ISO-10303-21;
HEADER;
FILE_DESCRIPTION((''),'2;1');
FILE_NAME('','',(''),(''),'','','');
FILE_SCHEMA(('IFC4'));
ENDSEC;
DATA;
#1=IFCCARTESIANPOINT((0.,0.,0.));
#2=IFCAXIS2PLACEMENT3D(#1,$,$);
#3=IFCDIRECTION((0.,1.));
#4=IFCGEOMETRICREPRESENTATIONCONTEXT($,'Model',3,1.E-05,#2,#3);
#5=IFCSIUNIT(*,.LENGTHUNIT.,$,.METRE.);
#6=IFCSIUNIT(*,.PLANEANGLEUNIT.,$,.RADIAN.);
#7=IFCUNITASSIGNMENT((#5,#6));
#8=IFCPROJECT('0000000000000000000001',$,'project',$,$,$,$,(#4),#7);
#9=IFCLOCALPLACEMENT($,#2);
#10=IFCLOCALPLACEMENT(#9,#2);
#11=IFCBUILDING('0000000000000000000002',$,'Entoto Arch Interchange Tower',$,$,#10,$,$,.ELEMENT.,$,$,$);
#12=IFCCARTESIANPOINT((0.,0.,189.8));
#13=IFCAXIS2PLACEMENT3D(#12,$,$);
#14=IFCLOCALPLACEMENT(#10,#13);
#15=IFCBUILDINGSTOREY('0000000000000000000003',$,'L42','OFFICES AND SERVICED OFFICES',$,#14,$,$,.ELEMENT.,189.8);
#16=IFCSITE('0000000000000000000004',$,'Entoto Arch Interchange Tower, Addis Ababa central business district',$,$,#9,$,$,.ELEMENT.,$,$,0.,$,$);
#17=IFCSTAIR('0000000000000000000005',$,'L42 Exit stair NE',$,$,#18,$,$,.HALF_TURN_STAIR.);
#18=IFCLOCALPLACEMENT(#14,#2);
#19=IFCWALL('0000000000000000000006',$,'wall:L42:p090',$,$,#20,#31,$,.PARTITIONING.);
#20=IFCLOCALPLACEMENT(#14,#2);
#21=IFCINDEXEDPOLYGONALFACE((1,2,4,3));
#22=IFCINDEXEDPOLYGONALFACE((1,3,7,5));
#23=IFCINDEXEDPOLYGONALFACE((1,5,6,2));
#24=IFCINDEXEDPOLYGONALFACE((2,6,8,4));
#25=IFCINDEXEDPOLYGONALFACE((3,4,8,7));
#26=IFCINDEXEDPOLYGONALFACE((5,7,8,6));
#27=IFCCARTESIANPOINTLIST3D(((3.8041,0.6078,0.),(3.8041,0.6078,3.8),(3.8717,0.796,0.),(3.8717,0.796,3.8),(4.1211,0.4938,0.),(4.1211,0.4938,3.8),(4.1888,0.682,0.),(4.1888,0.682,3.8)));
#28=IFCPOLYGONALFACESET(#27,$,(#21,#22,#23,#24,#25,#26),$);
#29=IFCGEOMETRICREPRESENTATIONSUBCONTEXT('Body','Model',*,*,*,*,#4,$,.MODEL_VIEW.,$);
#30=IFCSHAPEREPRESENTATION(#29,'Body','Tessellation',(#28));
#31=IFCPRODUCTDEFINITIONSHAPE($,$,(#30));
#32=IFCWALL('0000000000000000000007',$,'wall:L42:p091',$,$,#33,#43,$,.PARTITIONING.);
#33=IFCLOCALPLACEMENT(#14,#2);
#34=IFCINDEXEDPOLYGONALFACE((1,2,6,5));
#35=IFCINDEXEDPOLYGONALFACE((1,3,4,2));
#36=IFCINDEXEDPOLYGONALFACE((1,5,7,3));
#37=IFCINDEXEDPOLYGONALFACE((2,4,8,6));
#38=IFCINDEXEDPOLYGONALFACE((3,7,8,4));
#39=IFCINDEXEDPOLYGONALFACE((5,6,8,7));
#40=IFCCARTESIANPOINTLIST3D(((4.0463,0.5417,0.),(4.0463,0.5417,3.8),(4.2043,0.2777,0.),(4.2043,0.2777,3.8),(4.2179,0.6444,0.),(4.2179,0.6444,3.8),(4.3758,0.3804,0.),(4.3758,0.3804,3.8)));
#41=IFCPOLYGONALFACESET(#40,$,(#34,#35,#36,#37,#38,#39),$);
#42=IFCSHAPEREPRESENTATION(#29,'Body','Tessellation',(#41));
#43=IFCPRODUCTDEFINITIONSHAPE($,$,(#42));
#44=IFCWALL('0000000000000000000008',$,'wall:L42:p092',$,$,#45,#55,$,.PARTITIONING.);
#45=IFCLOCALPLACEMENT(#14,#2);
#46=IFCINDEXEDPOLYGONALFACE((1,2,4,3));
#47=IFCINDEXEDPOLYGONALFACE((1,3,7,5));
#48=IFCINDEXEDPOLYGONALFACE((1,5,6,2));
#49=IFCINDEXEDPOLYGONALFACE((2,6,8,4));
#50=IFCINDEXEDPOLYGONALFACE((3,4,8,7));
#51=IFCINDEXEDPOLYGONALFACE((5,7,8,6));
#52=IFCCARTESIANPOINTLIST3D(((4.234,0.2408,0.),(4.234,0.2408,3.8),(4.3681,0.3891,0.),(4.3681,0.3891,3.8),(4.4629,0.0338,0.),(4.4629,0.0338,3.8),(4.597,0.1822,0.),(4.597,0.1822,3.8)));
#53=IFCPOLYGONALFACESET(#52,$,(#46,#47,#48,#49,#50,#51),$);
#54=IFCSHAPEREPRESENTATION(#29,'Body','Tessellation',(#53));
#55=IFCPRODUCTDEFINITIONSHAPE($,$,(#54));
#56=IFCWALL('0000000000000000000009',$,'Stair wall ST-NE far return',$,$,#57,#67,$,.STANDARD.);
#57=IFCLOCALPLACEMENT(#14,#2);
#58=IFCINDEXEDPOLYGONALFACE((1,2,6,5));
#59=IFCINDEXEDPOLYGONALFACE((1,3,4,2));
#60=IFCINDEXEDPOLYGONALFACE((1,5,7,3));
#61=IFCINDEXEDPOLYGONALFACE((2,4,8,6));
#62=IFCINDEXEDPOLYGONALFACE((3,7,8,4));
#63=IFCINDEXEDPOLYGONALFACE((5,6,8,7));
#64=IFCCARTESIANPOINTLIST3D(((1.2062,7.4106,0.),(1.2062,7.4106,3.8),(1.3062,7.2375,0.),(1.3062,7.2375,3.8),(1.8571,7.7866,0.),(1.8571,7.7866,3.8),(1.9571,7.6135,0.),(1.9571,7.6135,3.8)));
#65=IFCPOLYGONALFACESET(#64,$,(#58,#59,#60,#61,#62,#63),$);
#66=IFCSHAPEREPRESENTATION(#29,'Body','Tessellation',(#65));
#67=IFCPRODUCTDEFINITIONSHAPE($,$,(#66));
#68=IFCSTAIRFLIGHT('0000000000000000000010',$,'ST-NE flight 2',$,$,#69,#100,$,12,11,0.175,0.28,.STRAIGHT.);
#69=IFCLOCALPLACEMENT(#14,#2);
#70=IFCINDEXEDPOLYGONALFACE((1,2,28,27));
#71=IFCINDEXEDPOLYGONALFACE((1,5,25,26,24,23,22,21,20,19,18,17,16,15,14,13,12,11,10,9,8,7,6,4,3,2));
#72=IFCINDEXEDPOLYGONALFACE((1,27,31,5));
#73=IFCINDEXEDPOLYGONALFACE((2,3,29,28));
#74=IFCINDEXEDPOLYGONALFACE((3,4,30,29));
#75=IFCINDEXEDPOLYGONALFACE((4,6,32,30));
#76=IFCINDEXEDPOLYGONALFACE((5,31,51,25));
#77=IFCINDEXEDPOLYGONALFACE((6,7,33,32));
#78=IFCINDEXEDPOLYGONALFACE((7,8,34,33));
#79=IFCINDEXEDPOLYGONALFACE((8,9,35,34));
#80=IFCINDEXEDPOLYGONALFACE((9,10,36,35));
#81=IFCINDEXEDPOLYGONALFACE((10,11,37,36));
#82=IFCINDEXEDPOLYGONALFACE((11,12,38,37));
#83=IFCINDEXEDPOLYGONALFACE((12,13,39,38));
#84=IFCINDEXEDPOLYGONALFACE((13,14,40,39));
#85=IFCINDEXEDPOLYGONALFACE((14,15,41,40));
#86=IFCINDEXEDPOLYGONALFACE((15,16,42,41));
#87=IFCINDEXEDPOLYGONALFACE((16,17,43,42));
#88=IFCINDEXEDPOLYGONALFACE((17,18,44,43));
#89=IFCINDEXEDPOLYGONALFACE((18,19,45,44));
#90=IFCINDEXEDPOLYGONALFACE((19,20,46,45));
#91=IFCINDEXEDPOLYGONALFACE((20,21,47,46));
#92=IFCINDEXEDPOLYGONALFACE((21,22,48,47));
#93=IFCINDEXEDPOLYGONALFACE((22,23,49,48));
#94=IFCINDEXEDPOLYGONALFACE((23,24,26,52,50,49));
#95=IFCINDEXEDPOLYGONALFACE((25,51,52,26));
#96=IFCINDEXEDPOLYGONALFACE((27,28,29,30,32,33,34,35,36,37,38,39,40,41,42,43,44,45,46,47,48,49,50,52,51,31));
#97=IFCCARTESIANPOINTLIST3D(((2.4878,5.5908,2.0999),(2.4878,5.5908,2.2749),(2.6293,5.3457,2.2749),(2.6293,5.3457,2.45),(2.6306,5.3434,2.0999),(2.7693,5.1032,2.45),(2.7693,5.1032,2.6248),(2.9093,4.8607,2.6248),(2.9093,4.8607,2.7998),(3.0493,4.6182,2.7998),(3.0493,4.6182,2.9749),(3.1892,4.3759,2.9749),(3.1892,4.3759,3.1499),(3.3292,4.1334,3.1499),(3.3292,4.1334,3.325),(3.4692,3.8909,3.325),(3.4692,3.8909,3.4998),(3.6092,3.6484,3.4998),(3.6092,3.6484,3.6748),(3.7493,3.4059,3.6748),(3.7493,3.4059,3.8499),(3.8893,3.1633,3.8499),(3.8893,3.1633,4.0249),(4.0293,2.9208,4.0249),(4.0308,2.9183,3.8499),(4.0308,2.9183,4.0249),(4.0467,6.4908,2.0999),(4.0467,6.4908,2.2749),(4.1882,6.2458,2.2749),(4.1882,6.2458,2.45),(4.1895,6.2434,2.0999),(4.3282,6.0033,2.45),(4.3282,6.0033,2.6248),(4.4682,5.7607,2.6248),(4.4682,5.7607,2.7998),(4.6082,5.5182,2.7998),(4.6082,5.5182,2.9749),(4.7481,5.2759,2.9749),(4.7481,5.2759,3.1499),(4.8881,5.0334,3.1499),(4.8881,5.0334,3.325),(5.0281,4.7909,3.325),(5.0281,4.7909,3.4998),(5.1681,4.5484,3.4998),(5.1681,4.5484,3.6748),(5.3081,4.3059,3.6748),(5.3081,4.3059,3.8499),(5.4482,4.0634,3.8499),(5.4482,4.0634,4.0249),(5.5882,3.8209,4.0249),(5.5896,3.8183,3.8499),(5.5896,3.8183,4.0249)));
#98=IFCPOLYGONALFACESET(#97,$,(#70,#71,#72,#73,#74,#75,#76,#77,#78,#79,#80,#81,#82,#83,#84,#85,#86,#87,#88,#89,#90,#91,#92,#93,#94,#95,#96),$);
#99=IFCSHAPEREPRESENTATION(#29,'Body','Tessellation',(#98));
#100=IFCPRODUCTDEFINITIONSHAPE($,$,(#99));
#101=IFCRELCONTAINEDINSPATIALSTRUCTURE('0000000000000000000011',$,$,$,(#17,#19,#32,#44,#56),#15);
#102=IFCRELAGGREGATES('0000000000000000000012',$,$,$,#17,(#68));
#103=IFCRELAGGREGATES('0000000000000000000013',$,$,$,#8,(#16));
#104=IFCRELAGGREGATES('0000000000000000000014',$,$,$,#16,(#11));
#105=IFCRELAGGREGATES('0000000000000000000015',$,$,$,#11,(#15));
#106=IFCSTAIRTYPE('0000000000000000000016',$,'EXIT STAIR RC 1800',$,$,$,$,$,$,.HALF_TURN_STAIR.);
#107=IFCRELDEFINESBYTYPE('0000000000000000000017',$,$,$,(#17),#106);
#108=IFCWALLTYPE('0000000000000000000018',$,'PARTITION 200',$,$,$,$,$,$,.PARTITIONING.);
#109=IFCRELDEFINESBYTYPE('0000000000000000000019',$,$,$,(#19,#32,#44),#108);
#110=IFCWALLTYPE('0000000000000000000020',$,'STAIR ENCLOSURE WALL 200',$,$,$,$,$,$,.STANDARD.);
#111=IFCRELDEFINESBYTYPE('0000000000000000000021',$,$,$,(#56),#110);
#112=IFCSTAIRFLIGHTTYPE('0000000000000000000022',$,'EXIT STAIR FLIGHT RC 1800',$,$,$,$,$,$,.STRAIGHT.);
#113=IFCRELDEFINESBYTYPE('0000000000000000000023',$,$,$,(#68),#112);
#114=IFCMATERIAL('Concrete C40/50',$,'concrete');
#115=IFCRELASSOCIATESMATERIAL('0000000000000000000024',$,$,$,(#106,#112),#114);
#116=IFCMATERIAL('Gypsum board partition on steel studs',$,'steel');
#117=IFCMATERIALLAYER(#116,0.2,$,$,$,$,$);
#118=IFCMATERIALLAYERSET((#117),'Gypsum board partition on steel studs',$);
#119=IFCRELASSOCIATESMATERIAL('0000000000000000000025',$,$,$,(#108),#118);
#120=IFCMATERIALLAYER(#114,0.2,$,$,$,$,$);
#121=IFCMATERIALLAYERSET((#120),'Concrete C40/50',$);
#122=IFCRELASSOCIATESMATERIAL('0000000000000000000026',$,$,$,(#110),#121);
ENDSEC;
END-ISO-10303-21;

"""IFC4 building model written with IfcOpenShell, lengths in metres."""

from ifc_helpers import new_model, si_unit, direction, frame, frame_2d, origin, place, context, subcontext, project, spatial, polyline, rectangle, outline, extrude, material, layer, layer_set, type_object, element, aggregate, save


model = new_model("IFC4")

# Units and contexts
model_context = context("Model", 3, precision=1e-05, world=origin(), true_north=direction((0.0, 1.0)))
body_context = subcontext(model_context, "Body", "Model", "MODEL_VIEW")
ifc_project = project(units=[si_unit("LENGTHUNIT", "METRE"), si_unit("PLANEANGLEUNIT", "RADIAN")], contexts=[model_context])

# Site, building, storey
site_placement = place(None, origin())
site = spatial("IfcSite", under=ifc_project, at=site_placement, Name="Entoto Arch Interchange Tower, Addis Ababa central business district", CompositionType="ELEMENT", RefElevation=0.0)
building_placement = place(site_placement, origin())
building = spatial("IfcBuilding", under=site, at=building_placement, Name="Entoto Arch Interchange Tower", CompositionType="ELEMENT")
storey_placement = place(building_placement, frame((0.0, 0.0, 189.8)))
storey = spatial("IfcBuildingStorey", under=building, at=storey_placement, Name="L42", Description="OFFICES AND SERVICED OFFICES", CompositionType="ELEMENT", Elevation=189.8)

# Shared definitions
ifc_material_1 = material(Name="Concrete C40/50", Category="concrete")

# Stair
stair_type = type_object("IfcStairType", Name="EXIT STAIR RC 1800", PredefinedType="HALF_TURN_STAIR", material=ifc_material_1)
stair_1_placement = place(storey_placement, origin())
stair_1 = element("IfcStair", 1, at=stair_1_placement, inside=storey, type_object=stair_type, Name="L42 Exit stair NE", PredefinedType="HALF_TURN_STAIR")

# Shared definitions
ifc_material_2 = material(Name="Gypsum board partition on steel studs", Category="steel")
ifc_layer_1 = layer(ifc_material_2, 0.2)
ifc_layer_set_1 = layer_set([ifc_layer_1], Name="Gypsum board partition on steel studs")
wall_type_1 = type_object("IfcWallType", Name="PARTITION 200", PredefinedType="PARTITIONING", material=ifc_layer_set_1)

# Walls
wall_1_placement = place(storey_placement, frame((3.8379, 0.7019, 0.0), z_axis=(0.0, 0.0, 1.0), x_axis=(0.941035, -0.338309, 0.0)))
element("IfcWall", 2, at=wall_1_placement, inside=storey, type_object=wall_type_1, Name="wall:L42:p090", PredefinedType="PARTITIONING", context=body_context, shape_type="SweptSolid", body=[
    extrude(rectangle(XDim=0.3369, YDim=0.2, at=frame_2d((0.1685, 0.0))), origin(), (0.0, 0.0, 1.0), 3.8),
])
wall_2_placement = place(storey_placement, frame((4.1321, 0.593, 0.0), z_axis=(0.0, 0.0, 1.0), x_axis=(0.513562, -0.858053, 0.0)))
element("IfcWall", 3, at=wall_2_placement, inside=storey, type_object=wall_type_1, Name="wall:L42:p091", PredefinedType="PARTITIONING", context=body_context, shape_type="SweptSolid", body=[
    extrude(rectangle(XDim=0.3076, YDim=0.2, at=frame_2d((0.1538, 0.0))), origin(), (0.0, 0.0, 1.0), 3.8),
])
wall_3_placement = place(storey_placement, frame((4.301, 0.3149, 0.0), z_axis=(0.0, 0.0, 1.0), x_axis=(0.741798, -0.670623, 0.0)))
element("IfcWall", 4, at=wall_3_placement, inside=storey, type_object=wall_type_1, Name="wall:L42:p092", PredefinedType="PARTITIONING", context=body_context, shape_type="SweptSolid", body=[
    extrude(rectangle(XDim=0.3086, YDim=0.2, at=frame_2d((0.1543, 0.0))), origin(), (0.0, 0.0, 1.0), 3.8),
])
ifc_layer_2 = layer(ifc_material_1, 0.2)
ifc_layer_set_2 = layer_set([ifc_layer_2], Name="Concrete C40/50")
wall_type_2 = type_object("IfcWallType", Name="STAIR ENCLOSURE WALL 200", PredefinedType="STANDARD", material=ifc_layer_set_2)
wall_4_placement = place(storey_placement, frame((1.2561, 7.324, 0.0), z_axis=(0.0, 0.0, 1.0), x_axis=(0.865915, 0.500191, 0.0)))
element("IfcWall", 5, at=wall_4_placement, inside=storey, type_object=wall_type_2, Name="Stair wall ST-NE far return", PredefinedType="STANDARD", context=body_context, shape_type="SweptSolid", body=[
    extrude(rectangle(XDim=0.7517, YDim=0.2, at=frame_2d((0.376, 0.0))), origin(), (0.0, 0.0, 1.0), 3.8),
])

# Stair flight
stair_flight_type = type_object("IfcStairFlightType", Name="EXIT STAIR FLIGHT RC 1800", PredefinedType="STRAIGHT", material=ifc_material_1)
stair_flight_placement = place(storey_placement, frame((3.2688, 6.0383, 2.0999), z_axis=(0.0, 0.0, 1.0), x_axis=(0.5, -0.866025, 0.0)))
stair_flight = element("IfcStairFlight", 6, at=stair_flight_placement, type_object=stair_flight_type, Name="ST-NE flight 2", NumberOfRisers=12, NumberOfTreads=11, PredefinedType="STRAIGHT", RiserHeight=0.175, TreadLength=0.28, context=body_context, shape_type="SweptSolid", body=[
    extrude(outline(polyline([(-0.0029, 0.0), (-0.0029, 0.175), (0.28, 0.175), (0.28, 0.3501), (0.5601, 0.3501), (0.5601, 0.5249), (0.8401, 0.5249), (0.8401, 0.7), (1.1201, 0.7), (1.1201, 0.875), (1.3999, 0.875), (1.3999, 1.05), (1.6799, 1.05), (1.6799, 1.2251), (1.96, 1.2251), (1.96, 1.3999), (2.24, 1.3999), (2.24, 1.575), (2.52, 1.575), (2.52, 1.75), (2.8, 1.75), (2.8, 1.925), (3.0801, 1.925), (3.083, 1.925), (3.083, 1.75), (0.2827, 0.0), (-0.0029, 0.0)])), frame((0.0, 0.8999, 0.0), z_axis=(0.0, -1.0, 0.0), x_axis=(1.0, 0.0, 0.0)), (0.0, 0.0, 1.0), 1.8),
])
aggregate(stair_1, [stair_flight])

save(model, "model.ifc")
